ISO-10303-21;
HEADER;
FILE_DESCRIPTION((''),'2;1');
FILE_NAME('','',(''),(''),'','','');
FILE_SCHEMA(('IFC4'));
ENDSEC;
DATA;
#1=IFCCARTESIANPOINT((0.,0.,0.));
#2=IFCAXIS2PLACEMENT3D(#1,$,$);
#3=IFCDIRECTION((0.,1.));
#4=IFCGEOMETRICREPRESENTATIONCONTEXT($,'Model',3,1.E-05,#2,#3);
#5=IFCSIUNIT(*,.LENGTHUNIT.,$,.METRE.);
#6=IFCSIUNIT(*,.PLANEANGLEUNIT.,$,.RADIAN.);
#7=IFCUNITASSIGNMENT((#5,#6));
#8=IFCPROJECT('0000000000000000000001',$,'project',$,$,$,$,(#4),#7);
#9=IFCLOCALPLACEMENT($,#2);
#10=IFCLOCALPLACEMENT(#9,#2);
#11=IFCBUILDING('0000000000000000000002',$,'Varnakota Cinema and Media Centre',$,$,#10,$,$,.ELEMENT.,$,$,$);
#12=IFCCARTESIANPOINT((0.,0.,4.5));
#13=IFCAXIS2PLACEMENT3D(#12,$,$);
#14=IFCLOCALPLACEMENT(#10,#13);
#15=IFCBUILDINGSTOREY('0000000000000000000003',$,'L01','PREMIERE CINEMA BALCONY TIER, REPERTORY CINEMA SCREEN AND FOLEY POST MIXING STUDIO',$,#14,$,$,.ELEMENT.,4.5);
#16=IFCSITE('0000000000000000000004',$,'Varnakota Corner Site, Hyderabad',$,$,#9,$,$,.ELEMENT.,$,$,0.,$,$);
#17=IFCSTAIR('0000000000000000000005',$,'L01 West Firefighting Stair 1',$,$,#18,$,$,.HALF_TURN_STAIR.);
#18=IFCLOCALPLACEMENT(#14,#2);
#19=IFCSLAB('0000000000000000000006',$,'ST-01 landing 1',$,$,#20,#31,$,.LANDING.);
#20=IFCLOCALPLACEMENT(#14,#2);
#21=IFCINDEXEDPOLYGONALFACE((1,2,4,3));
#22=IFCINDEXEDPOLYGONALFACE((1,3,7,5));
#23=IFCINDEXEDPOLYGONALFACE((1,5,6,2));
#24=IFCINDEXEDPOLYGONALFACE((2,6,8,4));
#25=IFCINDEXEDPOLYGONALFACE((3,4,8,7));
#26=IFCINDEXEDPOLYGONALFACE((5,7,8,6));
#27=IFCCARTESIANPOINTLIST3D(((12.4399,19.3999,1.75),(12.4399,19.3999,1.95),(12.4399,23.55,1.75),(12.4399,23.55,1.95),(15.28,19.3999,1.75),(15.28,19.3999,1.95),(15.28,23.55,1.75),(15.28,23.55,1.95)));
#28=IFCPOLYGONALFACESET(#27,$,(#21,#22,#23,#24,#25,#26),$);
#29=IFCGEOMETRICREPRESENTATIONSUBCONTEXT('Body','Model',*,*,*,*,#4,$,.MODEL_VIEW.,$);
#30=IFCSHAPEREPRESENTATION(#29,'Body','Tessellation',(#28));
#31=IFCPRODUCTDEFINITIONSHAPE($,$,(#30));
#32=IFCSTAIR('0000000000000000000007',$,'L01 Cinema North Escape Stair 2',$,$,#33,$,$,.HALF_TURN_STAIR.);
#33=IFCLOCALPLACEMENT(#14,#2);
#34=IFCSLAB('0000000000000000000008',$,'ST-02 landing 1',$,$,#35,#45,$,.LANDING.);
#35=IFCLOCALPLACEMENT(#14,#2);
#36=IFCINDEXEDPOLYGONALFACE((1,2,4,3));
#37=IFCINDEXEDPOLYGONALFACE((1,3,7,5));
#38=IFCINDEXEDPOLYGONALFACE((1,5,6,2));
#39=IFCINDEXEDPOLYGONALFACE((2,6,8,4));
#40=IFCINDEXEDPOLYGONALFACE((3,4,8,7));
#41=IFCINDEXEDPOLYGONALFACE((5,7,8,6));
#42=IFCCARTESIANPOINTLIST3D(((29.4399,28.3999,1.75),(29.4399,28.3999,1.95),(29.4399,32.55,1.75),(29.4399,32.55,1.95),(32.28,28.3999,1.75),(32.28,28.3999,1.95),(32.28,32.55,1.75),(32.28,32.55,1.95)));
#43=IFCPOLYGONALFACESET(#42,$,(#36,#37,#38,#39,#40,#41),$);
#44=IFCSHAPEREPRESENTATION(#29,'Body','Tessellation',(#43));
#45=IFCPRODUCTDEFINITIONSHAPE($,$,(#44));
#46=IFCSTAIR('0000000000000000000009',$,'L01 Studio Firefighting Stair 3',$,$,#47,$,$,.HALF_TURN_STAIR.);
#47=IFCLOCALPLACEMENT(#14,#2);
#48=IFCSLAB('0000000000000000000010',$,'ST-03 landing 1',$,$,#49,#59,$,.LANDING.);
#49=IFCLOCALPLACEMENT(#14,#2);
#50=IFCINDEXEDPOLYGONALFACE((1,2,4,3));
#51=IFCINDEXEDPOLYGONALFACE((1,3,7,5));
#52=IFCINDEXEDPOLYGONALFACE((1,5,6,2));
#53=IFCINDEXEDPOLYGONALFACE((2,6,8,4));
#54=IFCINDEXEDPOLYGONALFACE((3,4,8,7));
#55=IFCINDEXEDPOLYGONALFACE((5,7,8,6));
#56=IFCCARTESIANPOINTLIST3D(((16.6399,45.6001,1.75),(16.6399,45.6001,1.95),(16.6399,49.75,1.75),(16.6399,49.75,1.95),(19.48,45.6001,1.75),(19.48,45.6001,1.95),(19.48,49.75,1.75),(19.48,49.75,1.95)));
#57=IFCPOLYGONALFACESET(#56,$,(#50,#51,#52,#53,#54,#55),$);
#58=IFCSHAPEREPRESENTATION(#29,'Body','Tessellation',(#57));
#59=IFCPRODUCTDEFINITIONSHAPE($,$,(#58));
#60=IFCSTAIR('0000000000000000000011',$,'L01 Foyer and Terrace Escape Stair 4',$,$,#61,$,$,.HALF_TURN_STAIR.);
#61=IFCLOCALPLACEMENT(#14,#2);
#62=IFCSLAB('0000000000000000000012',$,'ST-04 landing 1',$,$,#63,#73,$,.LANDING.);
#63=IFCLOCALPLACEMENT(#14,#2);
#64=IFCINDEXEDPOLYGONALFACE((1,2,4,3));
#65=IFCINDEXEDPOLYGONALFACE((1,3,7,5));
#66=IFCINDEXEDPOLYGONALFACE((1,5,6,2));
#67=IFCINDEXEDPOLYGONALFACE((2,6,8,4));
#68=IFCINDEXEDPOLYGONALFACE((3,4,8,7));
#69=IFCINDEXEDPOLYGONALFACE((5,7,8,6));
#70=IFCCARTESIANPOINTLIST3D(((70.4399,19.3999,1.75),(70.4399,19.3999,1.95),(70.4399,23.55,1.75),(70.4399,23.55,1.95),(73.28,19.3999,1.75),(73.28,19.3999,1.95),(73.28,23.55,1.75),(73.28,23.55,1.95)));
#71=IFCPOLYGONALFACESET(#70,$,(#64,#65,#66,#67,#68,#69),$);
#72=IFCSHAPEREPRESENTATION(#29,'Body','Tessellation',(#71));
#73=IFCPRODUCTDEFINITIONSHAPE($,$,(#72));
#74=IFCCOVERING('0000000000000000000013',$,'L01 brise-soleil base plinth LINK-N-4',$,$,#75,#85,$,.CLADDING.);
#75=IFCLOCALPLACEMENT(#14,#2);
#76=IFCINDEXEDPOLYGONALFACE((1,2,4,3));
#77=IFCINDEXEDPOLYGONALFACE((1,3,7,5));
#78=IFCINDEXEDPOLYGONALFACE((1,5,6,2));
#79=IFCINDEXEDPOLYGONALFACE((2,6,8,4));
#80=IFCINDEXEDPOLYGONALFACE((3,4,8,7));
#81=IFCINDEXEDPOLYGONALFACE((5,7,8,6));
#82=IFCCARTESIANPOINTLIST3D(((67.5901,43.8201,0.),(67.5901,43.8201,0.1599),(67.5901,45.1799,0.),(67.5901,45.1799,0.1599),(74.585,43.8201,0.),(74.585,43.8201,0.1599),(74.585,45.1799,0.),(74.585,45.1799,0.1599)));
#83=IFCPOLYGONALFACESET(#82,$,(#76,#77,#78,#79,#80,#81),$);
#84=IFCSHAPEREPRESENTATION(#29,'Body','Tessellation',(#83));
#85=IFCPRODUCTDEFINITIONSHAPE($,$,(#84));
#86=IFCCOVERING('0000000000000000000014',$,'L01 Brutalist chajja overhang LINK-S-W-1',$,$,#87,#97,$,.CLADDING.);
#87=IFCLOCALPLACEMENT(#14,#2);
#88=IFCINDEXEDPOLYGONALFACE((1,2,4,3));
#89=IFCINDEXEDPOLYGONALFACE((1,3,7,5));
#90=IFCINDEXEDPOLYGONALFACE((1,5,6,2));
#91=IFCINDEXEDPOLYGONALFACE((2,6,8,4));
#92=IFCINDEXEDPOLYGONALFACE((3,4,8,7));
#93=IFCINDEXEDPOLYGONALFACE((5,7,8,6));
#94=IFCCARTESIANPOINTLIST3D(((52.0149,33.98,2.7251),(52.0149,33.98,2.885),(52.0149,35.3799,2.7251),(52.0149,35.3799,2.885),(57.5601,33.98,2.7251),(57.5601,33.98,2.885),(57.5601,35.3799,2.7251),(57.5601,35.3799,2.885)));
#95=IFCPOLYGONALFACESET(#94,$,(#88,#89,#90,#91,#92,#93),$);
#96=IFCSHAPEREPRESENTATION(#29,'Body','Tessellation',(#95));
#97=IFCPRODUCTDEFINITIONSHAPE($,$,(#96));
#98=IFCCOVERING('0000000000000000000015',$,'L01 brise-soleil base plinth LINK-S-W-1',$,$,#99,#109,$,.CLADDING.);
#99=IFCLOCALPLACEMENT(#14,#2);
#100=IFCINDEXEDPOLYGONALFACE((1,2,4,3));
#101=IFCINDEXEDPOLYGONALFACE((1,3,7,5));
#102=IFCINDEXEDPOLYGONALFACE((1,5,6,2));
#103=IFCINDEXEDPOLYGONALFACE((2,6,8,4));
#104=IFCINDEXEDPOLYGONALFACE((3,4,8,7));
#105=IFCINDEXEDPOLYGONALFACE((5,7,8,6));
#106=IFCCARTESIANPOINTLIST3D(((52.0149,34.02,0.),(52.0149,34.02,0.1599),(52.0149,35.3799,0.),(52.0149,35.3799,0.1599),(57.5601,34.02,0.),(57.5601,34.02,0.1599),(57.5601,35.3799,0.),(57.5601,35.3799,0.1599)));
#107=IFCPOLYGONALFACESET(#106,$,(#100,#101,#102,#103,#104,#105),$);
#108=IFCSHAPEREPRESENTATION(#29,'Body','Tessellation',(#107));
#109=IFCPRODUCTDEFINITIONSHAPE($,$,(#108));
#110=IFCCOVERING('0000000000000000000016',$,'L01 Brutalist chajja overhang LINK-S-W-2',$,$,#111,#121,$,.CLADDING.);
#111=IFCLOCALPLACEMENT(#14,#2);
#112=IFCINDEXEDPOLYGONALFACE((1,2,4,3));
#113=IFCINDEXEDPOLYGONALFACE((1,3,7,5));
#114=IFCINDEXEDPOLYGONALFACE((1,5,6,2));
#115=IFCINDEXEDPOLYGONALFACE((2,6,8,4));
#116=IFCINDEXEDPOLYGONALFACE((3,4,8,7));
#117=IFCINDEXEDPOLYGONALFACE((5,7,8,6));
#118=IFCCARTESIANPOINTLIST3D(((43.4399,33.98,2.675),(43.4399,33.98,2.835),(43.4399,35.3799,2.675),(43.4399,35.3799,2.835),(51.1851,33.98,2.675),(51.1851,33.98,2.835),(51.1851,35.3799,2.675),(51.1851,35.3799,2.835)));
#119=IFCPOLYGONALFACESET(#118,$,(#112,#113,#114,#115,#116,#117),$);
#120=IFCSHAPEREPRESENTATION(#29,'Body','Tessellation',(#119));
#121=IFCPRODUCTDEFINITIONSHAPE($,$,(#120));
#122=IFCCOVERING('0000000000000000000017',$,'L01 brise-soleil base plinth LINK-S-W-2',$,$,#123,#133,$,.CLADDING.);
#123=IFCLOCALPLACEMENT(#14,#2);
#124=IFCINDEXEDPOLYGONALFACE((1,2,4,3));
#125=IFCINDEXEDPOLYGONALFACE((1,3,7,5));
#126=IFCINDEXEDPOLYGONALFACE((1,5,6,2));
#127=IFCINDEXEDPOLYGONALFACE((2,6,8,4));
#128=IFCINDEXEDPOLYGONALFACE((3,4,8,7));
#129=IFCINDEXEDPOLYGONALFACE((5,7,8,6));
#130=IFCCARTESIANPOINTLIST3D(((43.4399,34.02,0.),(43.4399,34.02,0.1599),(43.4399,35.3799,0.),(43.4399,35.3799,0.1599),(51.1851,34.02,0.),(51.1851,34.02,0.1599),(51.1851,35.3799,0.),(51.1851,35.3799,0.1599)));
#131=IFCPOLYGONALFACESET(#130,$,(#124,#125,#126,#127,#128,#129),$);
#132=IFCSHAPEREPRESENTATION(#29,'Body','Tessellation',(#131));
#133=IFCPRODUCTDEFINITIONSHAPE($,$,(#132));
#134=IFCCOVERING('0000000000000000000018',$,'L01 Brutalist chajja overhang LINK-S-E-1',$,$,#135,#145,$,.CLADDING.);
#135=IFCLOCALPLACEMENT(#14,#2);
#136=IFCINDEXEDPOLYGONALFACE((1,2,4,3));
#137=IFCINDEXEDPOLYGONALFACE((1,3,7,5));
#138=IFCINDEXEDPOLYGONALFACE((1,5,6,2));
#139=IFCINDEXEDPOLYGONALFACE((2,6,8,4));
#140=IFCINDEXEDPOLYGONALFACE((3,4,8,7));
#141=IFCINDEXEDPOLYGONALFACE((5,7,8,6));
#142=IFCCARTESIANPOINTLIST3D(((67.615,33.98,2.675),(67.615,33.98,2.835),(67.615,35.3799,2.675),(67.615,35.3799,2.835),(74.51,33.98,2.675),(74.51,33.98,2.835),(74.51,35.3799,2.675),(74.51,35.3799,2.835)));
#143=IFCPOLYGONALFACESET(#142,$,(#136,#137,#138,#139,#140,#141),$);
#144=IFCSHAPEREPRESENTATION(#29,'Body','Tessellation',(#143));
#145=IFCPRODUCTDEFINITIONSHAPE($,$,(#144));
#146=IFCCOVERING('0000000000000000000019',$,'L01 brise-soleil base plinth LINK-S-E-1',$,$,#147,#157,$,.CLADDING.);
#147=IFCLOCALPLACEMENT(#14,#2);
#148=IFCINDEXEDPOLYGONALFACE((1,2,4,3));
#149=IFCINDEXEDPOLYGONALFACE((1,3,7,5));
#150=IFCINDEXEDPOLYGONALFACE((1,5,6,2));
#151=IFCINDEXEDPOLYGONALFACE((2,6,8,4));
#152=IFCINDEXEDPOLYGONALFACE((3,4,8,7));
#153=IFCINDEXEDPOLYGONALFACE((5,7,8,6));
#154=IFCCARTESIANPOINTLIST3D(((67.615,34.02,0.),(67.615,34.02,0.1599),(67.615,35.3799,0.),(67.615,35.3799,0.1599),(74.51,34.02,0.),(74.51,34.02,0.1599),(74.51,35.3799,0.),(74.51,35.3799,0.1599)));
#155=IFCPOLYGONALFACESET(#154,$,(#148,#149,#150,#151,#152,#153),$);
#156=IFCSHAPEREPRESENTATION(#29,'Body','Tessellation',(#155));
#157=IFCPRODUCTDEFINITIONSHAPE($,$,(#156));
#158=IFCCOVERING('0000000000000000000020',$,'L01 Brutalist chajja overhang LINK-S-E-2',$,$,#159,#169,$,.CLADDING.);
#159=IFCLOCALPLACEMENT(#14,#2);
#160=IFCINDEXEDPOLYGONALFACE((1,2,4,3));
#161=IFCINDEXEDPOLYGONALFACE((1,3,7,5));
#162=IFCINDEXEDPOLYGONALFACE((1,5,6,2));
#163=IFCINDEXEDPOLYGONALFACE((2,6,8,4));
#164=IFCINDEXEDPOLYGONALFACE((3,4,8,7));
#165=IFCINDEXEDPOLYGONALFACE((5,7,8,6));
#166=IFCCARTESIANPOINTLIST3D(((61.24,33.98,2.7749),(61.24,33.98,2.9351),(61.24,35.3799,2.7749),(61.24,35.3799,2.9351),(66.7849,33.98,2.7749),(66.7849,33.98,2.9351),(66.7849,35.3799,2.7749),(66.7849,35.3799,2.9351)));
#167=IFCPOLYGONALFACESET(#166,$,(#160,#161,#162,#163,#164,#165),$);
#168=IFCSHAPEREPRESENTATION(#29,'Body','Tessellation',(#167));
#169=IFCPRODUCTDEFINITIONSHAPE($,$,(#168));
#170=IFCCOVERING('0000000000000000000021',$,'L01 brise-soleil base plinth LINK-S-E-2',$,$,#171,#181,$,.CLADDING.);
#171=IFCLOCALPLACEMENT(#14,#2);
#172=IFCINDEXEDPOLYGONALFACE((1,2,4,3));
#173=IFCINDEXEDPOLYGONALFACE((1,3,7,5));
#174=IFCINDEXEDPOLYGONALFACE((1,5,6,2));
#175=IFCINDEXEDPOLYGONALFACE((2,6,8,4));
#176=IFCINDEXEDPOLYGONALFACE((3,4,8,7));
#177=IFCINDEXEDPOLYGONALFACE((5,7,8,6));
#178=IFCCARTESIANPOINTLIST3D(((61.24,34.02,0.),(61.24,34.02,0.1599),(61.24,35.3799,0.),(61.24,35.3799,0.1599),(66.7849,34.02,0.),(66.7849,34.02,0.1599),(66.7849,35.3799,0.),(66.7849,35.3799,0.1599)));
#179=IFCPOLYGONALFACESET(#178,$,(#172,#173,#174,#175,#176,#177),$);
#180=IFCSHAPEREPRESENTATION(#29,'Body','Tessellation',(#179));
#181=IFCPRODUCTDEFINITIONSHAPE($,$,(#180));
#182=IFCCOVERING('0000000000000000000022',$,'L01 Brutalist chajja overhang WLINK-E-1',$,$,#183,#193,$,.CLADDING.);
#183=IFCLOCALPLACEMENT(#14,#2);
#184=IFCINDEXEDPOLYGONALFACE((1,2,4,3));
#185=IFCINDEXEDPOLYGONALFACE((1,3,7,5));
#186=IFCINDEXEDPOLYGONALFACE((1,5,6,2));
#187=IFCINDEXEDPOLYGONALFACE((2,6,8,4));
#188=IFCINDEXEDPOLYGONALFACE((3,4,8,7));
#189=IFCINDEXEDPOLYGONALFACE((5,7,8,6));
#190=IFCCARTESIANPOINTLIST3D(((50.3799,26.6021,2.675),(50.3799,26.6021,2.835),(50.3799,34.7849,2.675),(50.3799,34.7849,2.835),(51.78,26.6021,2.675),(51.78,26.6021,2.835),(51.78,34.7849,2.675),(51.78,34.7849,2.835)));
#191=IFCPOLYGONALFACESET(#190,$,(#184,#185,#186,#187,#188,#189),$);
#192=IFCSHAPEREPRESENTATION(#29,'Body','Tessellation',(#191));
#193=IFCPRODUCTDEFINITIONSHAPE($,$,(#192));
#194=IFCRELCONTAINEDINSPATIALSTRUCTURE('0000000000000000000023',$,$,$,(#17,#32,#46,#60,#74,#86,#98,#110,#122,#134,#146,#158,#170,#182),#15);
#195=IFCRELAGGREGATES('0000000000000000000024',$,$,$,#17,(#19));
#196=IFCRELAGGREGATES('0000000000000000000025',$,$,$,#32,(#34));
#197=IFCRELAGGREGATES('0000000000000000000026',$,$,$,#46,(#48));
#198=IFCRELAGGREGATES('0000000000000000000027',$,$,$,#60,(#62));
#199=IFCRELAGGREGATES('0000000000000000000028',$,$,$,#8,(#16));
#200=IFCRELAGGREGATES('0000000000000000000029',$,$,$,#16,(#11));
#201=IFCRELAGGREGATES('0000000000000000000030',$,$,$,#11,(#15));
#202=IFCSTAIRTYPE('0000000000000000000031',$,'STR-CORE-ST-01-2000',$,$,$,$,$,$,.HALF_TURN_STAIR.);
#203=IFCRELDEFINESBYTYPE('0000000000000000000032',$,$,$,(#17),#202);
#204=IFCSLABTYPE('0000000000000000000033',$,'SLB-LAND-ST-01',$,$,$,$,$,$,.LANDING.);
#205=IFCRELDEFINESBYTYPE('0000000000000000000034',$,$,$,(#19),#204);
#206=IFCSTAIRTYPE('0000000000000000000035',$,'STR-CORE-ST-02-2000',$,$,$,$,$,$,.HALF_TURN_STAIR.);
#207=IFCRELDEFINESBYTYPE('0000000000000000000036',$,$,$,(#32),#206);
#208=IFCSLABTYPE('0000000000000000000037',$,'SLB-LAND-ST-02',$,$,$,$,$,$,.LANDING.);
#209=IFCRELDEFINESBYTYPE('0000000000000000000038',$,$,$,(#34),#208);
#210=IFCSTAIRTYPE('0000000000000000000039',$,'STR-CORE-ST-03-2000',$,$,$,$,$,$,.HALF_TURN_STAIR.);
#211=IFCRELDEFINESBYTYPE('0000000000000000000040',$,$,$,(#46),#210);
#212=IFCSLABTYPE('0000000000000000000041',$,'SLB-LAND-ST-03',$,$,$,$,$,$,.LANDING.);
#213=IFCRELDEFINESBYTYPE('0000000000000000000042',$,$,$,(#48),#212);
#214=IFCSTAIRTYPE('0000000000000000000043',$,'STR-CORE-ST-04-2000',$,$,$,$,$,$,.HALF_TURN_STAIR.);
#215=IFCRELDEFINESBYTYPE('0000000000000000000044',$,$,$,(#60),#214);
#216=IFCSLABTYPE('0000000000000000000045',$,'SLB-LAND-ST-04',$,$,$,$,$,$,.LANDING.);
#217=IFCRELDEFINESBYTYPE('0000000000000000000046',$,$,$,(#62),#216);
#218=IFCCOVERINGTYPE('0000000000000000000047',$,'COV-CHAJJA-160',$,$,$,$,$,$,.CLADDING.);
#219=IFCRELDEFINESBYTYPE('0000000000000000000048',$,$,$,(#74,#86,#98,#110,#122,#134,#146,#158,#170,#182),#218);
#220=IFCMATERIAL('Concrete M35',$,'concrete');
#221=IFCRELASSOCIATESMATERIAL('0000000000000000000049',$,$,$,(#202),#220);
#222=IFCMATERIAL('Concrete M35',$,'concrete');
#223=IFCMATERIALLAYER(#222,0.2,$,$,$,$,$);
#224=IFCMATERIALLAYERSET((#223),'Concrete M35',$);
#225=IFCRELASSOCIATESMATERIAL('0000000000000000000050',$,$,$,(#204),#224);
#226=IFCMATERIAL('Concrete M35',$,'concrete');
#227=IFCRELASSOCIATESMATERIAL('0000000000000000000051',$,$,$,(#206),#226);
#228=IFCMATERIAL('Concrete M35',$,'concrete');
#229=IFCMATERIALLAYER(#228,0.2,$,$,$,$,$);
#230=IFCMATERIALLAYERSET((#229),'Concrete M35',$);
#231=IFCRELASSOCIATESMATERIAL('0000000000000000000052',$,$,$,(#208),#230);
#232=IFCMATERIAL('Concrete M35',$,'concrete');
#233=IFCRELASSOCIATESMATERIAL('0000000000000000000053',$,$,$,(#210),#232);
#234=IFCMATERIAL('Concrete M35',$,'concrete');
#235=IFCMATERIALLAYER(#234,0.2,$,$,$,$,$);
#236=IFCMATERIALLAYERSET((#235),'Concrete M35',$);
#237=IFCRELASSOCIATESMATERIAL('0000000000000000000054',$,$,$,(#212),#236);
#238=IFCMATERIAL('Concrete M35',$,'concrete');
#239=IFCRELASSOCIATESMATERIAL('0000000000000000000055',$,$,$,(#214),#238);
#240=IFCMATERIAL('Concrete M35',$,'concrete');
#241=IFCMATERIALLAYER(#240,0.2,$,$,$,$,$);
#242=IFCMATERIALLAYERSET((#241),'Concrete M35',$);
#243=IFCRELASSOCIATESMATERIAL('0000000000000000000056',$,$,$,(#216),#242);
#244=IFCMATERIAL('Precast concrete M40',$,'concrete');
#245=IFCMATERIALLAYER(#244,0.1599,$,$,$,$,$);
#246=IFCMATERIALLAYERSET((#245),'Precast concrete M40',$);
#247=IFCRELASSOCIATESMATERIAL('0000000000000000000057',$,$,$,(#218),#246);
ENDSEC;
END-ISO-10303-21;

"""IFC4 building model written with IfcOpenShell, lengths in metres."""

from ifc_helpers import new_model, si_unit, direction, frame, origin, place, context, subcontext, project, spatial, polyline, outline, extrude, material, layer, layer_set, type_object, element, aggregate, save


model = new_model("IFC4")

# Units and contexts
model_context = context("Model", 3, precision=1e-05, world=origin(), true_north=direction((0.0, 1.0)))
body_context = subcontext(model_context, "Body", "Model", "MODEL_VIEW")
ifc_project = project(units=[si_unit("LENGTHUNIT", "METRE"), si_unit("PLANEANGLEUNIT", "RADIAN")], contexts=[model_context])

# Site, building, storey
site_placement = place(None, origin())
site = spatial("IfcSite", under=ifc_project, at=site_placement, Name="Varnakota Corner Site, Hyderabad", CompositionType="ELEMENT", RefElevation=0.0)
building_placement = place(site_placement, origin())
building = spatial("IfcBuilding", under=site, at=building_placement, Name="Varnakota Cinema and Media Centre", CompositionType="ELEMENT")
storey_placement = place(building_placement, frame((0.0, 0.0, 4.5)))
storey = spatial("IfcBuildingStorey", under=building, at=storey_placement, Name="L01", Description="PREMIERE CINEMA BALCONY TIER, REPERTORY CINEMA SCREEN AND FOLEY POST MIXING STUDIO", CompositionType="ELEMENT", Elevation=4.5)

# Stairs, slabs
ifc_material_1 = material(Name="Concrete M35", Category="concrete")
stair_type_1 = type_object("IfcStairType", Name="STR-CORE-ST-01-2000", PredefinedType="HALF_TURN_STAIR", material=ifc_material_1)
stair_1_placement = place(storey_placement, origin())
stair_1 = element("IfcStair", 1, at=stair_1_placement, inside=storey, type_object=stair_type_1, Name="L01 West Firefighting Stair 1", PredefinedType="HALF_TURN_STAIR")
ifc_material_2 = material(Name="Concrete M35", Category="concrete")
ifc_layer_1 = layer(ifc_material_2, 0.2)
ifc_layer_set_1 = layer_set([ifc_layer_1], Name="Concrete M35")
slab_type_1 = type_object("IfcSlabType", Name="SLB-LAND-ST-01", PredefinedType="LANDING", material=ifc_layer_set_1)
slab_1_placement = place(storey_placement, frame((0.0, 0.0, 1.75)))
slab_1 = element("IfcSlab", 2, at=slab_1_placement, type_object=slab_type_1, Name="ST-01 landing 1", PredefinedType="LANDING", context=body_context, shape_type="SweptSolid", body=[
    extrude(outline(polyline([(12.4399, 19.3999), (15.28, 19.3999), (15.28, 23.55), (12.4399, 23.55), (12.4399, 19.3999)])), origin(), (0.0, 0.0, 1.0), 0.2),
])
aggregate(stair_1, [slab_1])
ifc_material_3 = material(Name="Concrete M35", Category="concrete")
stair_type_2 = type_object("IfcStairType", Name="STR-CORE-ST-02-2000", PredefinedType="HALF_TURN_STAIR", material=ifc_material_3)
stair_2_placement = place(storey_placement, origin())
stair_2 = element("IfcStair", 3, at=stair_2_placement, inside=storey, type_object=stair_type_2, Name="L01 Cinema North Escape Stair 2", PredefinedType="HALF_TURN_STAIR")
ifc_material_4 = material(Name="Concrete M35", Category="concrete")
ifc_layer_2 = layer(ifc_material_4, 0.2)
ifc_layer_set_2 = layer_set([ifc_layer_2], Name="Concrete M35")
slab_type_2 = type_object("IfcSlabType", Name="SLB-LAND-ST-02", PredefinedType="LANDING", material=ifc_layer_set_2)
slab_2_placement = place(storey_placement, frame((0.0, 0.0, 1.75)))
slab_2 = element("IfcSlab", 4, at=slab_2_placement, type_object=slab_type_2, Name="ST-02 landing 1", PredefinedType="LANDING", context=body_context, shape_type="SweptSolid", body=[
    extrude(outline(polyline([(29.4399, 28.3999), (32.28, 28.3999), (32.28, 32.55), (29.4399, 32.55), (29.4399, 28.3999)])), origin(), (0.0, 0.0, 1.0), 0.2),
])
aggregate(stair_2, [slab_2])
ifc_material_5 = material(Name="Concrete M35", Category="concrete")
stair_type_3 = type_object("IfcStairType", Name="STR-CORE-ST-03-2000", PredefinedType="HALF_TURN_STAIR", material=ifc_material_5)
stair_3_placement = place(storey_placement, origin())
stair_3 = element("IfcStair", 5, at=stair_3_placement, inside=storey, type_object=stair_type_3, Name="L01 Studio Firefighting Stair 3", PredefinedType="HALF_TURN_STAIR")
ifc_material_6 = material(Name="Concrete M35", Category="concrete")
ifc_layer_3 = layer(ifc_material_6, 0.2)
ifc_layer_set_3 = layer_set([ifc_layer_3], Name="Concrete M35")
slab_type_3 = type_object("IfcSlabType", Name="SLB-LAND-ST-03", PredefinedType="LANDING", material=ifc_layer_set_3)
slab_3_placement = place(storey_placement, frame((0.0, 0.0, 1.75)))
slab_3 = element("IfcSlab", 6, at=slab_3_placement, type_object=slab_type_3, Name="ST-03 landing 1", PredefinedType="LANDING", context=body_context, shape_type="SweptSolid", body=[
    extrude(outline(polyline([(16.6399, 45.6001), (19.48, 45.6001), (19.48, 49.75), (16.6399, 49.75), (16.6399, 45.6001)])), origin(), (0.0, 0.0, 1.0), 0.2),
])
aggregate(stair_3, [slab_3])
ifc_material_7 = material(Name="Concrete M35", Category="concrete")
stair_type_4 = type_object("IfcStairType", Name="STR-CORE-ST-04-2000", PredefinedType="HALF_TURN_STAIR", material=ifc_material_7)
stair_4_placement = place(storey_placement, origin())
stair_4 = element("IfcStair", 7, at=stair_4_placement, inside=storey, type_object=stair_type_4, Name="L01 Foyer and Terrace Escape Stair 4", PredefinedType="HALF_TURN_STAIR")
ifc_material_8 = material(Name="Concrete M35", Category="concrete")
ifc_layer_4 = layer(ifc_material_8, 0.2)
ifc_layer_set_4 = layer_set([ifc_layer_4], Name="Concrete M35")
slab_type_4 = type_object("IfcSlabType", Name="SLB-LAND-ST-04", PredefinedType="LANDING", material=ifc_layer_set_4)
slab_4_placement = place(storey_placement, frame((0.0, 0.0, 1.75)))
slab_4 = element("IfcSlab", 8, at=slab_4_placement, type_object=slab_type_4, Name="ST-04 landing 1", PredefinedType="LANDING", context=body_context, shape_type="SweptSolid", body=[
    extrude(outline(polyline([(70.4399, 19.3999), (73.28, 19.3999), (73.28, 23.55), (70.4399, 23.55), (70.4399, 19.3999)])), origin(), (0.0, 0.0, 1.0), 0.2),
])
aggregate(stair_4, [slab_4])

# Coverings
ifc_material_9 = material(Name="Precast concrete M40", Category="concrete")
ifc_layer_5 = layer(ifc_material_9, 0.1599)
ifc_layer_set_5 = layer_set([ifc_layer_5], Name="Precast concrete M40")
covering_type = type_object("IfcCoveringType", Name="COV-CHAJJA-160", PredefinedType="CLADDING", material=ifc_layer_set_5)
covering_1_placement = place(storey_placement, origin())
element("IfcCovering", 9, at=covering_1_placement, inside=storey, type_object=covering_type, Name="L01 brise-soleil base plinth LINK-N-4", PredefinedType="CLADDING", context=body_context, shape_type="SweptSolid", body=[
    extrude(outline(polyline([(67.5901, 43.8201), (74.585, 43.8201), (74.585, 45.1799), (67.5901, 45.1799), (67.5901, 43.8201)])), origin(), (0.0, 0.0, 1.0), 0.1599),
])
covering_2_placement = place(storey_placement, frame((0.0, 0.0, 2.7251)))
element("IfcCovering", 10, at=covering_2_placement, inside=storey, type_object=covering_type, Name="L01 Brutalist chajja overhang LINK-S-W-1", PredefinedType="CLADDING", context=body_context, shape_type="SweptSolid", body=[
    extrude(outline(polyline([(57.5601, 35.3799), (52.0149, 35.3799), (52.0149, 33.98), (57.5601, 33.98), (57.5601, 35.3799)])), origin(), (0.0, 0.0, 1.0), 0.1599),
])
covering_3_placement = place(storey_placement, origin())
element("IfcCovering", 11, at=covering_3_placement, inside=storey, type_object=covering_type, Name="L01 brise-soleil base plinth LINK-S-W-1", PredefinedType="CLADDING", context=body_context, shape_type="SweptSolid", body=[
    extrude(outline(polyline([(57.5601, 35.3799), (52.0149, 35.3799), (52.0149, 34.02), (57.5601, 34.02), (57.5601, 35.3799)])), origin(), (0.0, 0.0, 1.0), 0.1599),
])
covering_4_placement = place(storey_placement, frame((0.0, 0.0, 2.675)))
element("IfcCovering", 12, at=covering_4_placement, inside=storey, type_object=covering_type, Name="L01 Brutalist chajja overhang LINK-S-W-2", PredefinedType="CLADDING", context=body_context, shape_type="SweptSolid", body=[
    extrude(outline(polyline([(51.1851, 35.3799), (43.4399, 35.3799), (43.4399, 33.98), (51.1851, 33.98), (51.1851, 35.3799)])), origin(), (0.0, 0.0, 1.0), 0.1599),
])
covering_5_placement = place(storey_placement, origin())
element("IfcCovering", 13, at=covering_5_placement, inside=storey, type_object=covering_type, Name="L01 brise-soleil base plinth LINK-S-W-2", PredefinedType="CLADDING", context=body_context, shape_type="SweptSolid", body=[
    extrude(outline(polyline([(51.1851, 35.3799), (43.4399, 35.3799), (43.4399, 34.02), (51.1851, 34.02), (51.1851, 35.3799)])), origin(), (0.0, 0.0, 1.0), 0.1599),
])
covering_6_placement = place(storey_placement, frame((0.0, 0.0, 2.675)))
element("IfcCovering", 14, at=covering_6_placement, inside=storey, type_object=covering_type, Name="L01 Brutalist chajja overhang LINK-S-E-1", PredefinedType="CLADDING", context=body_context, shape_type="SweptSolid", body=[
    extrude(outline(polyline([(74.51, 35.3799), (67.615, 35.3799), (67.615, 33.98), (74.51, 33.98), (74.51, 35.3799)])), origin(), (0.0, 0.0, 1.0), 0.1599),
])
covering_7_placement = place(storey_placement, origin())
element("IfcCovering", 15, at=covering_7_placement, inside=storey, type_object=covering_type, Name="L01 brise-soleil base plinth LINK-S-E-1", PredefinedType="CLADDING", context=body_context, shape_type="SweptSolid", body=[
    extrude(outline(polyline([(74.51, 35.3799), (67.615, 35.3799), (67.615, 34.02), (74.51, 34.02), (74.51, 35.3799)])), origin(), (0.0, 0.0, 1.0), 0.1599),
])
covering_8_placement = place(storey_placement, frame((0.0, 0.0, 2.7749)))
element("IfcCovering", 16, at=covering_8_placement, inside=storey, type_object=covering_type, Name="L01 Brutalist chajja overhang LINK-S-E-2", PredefinedType="CLADDING", context=body_context, shape_type="SweptSolid", body=[
    extrude(outline(polyline([(66.7849, 35.3799), (61.24, 35.3799), (61.24, 33.98), (66.7849, 33.98), (66.7849, 35.3799)])), origin(), (0.0, 0.0, 1.0), 0.1602),
])
covering_9_placement = place(storey_placement, origin())
element("IfcCovering", 17, at=covering_9_placement, inside=storey, type_object=covering_type, Name="L01 brise-soleil base plinth LINK-S-E-2", PredefinedType="CLADDING", context=body_context, shape_type="SweptSolid", body=[
    extrude(outline(polyline([(66.7849, 35.3799), (61.24, 35.3799), (61.24, 34.02), (66.7849, 34.02), (66.7849, 35.3799)])), origin(), (0.0, 0.0, 1.0), 0.1599),
])
covering_10_placement = place(storey_placement, frame((0.0, 0.0, 2.675)))
element("IfcCovering", 18, at=covering_10_placement, inside=storey, type_object=covering_type, Name="L01 Brutalist chajja overhang WLINK-E-1", PredefinedType="CLADDING", context=body_context, shape_type="SweptSolid", body=[
    extrude(outline(polyline([(51.78, 26.6021), (51.78, 34.7849), (50.3799, 34.7849), (50.3799, 26.6021), (51.78, 26.6021)])), origin(), (0.0, 0.0, 1.0), 0.1599),
])

save(model, "model.ifc")
